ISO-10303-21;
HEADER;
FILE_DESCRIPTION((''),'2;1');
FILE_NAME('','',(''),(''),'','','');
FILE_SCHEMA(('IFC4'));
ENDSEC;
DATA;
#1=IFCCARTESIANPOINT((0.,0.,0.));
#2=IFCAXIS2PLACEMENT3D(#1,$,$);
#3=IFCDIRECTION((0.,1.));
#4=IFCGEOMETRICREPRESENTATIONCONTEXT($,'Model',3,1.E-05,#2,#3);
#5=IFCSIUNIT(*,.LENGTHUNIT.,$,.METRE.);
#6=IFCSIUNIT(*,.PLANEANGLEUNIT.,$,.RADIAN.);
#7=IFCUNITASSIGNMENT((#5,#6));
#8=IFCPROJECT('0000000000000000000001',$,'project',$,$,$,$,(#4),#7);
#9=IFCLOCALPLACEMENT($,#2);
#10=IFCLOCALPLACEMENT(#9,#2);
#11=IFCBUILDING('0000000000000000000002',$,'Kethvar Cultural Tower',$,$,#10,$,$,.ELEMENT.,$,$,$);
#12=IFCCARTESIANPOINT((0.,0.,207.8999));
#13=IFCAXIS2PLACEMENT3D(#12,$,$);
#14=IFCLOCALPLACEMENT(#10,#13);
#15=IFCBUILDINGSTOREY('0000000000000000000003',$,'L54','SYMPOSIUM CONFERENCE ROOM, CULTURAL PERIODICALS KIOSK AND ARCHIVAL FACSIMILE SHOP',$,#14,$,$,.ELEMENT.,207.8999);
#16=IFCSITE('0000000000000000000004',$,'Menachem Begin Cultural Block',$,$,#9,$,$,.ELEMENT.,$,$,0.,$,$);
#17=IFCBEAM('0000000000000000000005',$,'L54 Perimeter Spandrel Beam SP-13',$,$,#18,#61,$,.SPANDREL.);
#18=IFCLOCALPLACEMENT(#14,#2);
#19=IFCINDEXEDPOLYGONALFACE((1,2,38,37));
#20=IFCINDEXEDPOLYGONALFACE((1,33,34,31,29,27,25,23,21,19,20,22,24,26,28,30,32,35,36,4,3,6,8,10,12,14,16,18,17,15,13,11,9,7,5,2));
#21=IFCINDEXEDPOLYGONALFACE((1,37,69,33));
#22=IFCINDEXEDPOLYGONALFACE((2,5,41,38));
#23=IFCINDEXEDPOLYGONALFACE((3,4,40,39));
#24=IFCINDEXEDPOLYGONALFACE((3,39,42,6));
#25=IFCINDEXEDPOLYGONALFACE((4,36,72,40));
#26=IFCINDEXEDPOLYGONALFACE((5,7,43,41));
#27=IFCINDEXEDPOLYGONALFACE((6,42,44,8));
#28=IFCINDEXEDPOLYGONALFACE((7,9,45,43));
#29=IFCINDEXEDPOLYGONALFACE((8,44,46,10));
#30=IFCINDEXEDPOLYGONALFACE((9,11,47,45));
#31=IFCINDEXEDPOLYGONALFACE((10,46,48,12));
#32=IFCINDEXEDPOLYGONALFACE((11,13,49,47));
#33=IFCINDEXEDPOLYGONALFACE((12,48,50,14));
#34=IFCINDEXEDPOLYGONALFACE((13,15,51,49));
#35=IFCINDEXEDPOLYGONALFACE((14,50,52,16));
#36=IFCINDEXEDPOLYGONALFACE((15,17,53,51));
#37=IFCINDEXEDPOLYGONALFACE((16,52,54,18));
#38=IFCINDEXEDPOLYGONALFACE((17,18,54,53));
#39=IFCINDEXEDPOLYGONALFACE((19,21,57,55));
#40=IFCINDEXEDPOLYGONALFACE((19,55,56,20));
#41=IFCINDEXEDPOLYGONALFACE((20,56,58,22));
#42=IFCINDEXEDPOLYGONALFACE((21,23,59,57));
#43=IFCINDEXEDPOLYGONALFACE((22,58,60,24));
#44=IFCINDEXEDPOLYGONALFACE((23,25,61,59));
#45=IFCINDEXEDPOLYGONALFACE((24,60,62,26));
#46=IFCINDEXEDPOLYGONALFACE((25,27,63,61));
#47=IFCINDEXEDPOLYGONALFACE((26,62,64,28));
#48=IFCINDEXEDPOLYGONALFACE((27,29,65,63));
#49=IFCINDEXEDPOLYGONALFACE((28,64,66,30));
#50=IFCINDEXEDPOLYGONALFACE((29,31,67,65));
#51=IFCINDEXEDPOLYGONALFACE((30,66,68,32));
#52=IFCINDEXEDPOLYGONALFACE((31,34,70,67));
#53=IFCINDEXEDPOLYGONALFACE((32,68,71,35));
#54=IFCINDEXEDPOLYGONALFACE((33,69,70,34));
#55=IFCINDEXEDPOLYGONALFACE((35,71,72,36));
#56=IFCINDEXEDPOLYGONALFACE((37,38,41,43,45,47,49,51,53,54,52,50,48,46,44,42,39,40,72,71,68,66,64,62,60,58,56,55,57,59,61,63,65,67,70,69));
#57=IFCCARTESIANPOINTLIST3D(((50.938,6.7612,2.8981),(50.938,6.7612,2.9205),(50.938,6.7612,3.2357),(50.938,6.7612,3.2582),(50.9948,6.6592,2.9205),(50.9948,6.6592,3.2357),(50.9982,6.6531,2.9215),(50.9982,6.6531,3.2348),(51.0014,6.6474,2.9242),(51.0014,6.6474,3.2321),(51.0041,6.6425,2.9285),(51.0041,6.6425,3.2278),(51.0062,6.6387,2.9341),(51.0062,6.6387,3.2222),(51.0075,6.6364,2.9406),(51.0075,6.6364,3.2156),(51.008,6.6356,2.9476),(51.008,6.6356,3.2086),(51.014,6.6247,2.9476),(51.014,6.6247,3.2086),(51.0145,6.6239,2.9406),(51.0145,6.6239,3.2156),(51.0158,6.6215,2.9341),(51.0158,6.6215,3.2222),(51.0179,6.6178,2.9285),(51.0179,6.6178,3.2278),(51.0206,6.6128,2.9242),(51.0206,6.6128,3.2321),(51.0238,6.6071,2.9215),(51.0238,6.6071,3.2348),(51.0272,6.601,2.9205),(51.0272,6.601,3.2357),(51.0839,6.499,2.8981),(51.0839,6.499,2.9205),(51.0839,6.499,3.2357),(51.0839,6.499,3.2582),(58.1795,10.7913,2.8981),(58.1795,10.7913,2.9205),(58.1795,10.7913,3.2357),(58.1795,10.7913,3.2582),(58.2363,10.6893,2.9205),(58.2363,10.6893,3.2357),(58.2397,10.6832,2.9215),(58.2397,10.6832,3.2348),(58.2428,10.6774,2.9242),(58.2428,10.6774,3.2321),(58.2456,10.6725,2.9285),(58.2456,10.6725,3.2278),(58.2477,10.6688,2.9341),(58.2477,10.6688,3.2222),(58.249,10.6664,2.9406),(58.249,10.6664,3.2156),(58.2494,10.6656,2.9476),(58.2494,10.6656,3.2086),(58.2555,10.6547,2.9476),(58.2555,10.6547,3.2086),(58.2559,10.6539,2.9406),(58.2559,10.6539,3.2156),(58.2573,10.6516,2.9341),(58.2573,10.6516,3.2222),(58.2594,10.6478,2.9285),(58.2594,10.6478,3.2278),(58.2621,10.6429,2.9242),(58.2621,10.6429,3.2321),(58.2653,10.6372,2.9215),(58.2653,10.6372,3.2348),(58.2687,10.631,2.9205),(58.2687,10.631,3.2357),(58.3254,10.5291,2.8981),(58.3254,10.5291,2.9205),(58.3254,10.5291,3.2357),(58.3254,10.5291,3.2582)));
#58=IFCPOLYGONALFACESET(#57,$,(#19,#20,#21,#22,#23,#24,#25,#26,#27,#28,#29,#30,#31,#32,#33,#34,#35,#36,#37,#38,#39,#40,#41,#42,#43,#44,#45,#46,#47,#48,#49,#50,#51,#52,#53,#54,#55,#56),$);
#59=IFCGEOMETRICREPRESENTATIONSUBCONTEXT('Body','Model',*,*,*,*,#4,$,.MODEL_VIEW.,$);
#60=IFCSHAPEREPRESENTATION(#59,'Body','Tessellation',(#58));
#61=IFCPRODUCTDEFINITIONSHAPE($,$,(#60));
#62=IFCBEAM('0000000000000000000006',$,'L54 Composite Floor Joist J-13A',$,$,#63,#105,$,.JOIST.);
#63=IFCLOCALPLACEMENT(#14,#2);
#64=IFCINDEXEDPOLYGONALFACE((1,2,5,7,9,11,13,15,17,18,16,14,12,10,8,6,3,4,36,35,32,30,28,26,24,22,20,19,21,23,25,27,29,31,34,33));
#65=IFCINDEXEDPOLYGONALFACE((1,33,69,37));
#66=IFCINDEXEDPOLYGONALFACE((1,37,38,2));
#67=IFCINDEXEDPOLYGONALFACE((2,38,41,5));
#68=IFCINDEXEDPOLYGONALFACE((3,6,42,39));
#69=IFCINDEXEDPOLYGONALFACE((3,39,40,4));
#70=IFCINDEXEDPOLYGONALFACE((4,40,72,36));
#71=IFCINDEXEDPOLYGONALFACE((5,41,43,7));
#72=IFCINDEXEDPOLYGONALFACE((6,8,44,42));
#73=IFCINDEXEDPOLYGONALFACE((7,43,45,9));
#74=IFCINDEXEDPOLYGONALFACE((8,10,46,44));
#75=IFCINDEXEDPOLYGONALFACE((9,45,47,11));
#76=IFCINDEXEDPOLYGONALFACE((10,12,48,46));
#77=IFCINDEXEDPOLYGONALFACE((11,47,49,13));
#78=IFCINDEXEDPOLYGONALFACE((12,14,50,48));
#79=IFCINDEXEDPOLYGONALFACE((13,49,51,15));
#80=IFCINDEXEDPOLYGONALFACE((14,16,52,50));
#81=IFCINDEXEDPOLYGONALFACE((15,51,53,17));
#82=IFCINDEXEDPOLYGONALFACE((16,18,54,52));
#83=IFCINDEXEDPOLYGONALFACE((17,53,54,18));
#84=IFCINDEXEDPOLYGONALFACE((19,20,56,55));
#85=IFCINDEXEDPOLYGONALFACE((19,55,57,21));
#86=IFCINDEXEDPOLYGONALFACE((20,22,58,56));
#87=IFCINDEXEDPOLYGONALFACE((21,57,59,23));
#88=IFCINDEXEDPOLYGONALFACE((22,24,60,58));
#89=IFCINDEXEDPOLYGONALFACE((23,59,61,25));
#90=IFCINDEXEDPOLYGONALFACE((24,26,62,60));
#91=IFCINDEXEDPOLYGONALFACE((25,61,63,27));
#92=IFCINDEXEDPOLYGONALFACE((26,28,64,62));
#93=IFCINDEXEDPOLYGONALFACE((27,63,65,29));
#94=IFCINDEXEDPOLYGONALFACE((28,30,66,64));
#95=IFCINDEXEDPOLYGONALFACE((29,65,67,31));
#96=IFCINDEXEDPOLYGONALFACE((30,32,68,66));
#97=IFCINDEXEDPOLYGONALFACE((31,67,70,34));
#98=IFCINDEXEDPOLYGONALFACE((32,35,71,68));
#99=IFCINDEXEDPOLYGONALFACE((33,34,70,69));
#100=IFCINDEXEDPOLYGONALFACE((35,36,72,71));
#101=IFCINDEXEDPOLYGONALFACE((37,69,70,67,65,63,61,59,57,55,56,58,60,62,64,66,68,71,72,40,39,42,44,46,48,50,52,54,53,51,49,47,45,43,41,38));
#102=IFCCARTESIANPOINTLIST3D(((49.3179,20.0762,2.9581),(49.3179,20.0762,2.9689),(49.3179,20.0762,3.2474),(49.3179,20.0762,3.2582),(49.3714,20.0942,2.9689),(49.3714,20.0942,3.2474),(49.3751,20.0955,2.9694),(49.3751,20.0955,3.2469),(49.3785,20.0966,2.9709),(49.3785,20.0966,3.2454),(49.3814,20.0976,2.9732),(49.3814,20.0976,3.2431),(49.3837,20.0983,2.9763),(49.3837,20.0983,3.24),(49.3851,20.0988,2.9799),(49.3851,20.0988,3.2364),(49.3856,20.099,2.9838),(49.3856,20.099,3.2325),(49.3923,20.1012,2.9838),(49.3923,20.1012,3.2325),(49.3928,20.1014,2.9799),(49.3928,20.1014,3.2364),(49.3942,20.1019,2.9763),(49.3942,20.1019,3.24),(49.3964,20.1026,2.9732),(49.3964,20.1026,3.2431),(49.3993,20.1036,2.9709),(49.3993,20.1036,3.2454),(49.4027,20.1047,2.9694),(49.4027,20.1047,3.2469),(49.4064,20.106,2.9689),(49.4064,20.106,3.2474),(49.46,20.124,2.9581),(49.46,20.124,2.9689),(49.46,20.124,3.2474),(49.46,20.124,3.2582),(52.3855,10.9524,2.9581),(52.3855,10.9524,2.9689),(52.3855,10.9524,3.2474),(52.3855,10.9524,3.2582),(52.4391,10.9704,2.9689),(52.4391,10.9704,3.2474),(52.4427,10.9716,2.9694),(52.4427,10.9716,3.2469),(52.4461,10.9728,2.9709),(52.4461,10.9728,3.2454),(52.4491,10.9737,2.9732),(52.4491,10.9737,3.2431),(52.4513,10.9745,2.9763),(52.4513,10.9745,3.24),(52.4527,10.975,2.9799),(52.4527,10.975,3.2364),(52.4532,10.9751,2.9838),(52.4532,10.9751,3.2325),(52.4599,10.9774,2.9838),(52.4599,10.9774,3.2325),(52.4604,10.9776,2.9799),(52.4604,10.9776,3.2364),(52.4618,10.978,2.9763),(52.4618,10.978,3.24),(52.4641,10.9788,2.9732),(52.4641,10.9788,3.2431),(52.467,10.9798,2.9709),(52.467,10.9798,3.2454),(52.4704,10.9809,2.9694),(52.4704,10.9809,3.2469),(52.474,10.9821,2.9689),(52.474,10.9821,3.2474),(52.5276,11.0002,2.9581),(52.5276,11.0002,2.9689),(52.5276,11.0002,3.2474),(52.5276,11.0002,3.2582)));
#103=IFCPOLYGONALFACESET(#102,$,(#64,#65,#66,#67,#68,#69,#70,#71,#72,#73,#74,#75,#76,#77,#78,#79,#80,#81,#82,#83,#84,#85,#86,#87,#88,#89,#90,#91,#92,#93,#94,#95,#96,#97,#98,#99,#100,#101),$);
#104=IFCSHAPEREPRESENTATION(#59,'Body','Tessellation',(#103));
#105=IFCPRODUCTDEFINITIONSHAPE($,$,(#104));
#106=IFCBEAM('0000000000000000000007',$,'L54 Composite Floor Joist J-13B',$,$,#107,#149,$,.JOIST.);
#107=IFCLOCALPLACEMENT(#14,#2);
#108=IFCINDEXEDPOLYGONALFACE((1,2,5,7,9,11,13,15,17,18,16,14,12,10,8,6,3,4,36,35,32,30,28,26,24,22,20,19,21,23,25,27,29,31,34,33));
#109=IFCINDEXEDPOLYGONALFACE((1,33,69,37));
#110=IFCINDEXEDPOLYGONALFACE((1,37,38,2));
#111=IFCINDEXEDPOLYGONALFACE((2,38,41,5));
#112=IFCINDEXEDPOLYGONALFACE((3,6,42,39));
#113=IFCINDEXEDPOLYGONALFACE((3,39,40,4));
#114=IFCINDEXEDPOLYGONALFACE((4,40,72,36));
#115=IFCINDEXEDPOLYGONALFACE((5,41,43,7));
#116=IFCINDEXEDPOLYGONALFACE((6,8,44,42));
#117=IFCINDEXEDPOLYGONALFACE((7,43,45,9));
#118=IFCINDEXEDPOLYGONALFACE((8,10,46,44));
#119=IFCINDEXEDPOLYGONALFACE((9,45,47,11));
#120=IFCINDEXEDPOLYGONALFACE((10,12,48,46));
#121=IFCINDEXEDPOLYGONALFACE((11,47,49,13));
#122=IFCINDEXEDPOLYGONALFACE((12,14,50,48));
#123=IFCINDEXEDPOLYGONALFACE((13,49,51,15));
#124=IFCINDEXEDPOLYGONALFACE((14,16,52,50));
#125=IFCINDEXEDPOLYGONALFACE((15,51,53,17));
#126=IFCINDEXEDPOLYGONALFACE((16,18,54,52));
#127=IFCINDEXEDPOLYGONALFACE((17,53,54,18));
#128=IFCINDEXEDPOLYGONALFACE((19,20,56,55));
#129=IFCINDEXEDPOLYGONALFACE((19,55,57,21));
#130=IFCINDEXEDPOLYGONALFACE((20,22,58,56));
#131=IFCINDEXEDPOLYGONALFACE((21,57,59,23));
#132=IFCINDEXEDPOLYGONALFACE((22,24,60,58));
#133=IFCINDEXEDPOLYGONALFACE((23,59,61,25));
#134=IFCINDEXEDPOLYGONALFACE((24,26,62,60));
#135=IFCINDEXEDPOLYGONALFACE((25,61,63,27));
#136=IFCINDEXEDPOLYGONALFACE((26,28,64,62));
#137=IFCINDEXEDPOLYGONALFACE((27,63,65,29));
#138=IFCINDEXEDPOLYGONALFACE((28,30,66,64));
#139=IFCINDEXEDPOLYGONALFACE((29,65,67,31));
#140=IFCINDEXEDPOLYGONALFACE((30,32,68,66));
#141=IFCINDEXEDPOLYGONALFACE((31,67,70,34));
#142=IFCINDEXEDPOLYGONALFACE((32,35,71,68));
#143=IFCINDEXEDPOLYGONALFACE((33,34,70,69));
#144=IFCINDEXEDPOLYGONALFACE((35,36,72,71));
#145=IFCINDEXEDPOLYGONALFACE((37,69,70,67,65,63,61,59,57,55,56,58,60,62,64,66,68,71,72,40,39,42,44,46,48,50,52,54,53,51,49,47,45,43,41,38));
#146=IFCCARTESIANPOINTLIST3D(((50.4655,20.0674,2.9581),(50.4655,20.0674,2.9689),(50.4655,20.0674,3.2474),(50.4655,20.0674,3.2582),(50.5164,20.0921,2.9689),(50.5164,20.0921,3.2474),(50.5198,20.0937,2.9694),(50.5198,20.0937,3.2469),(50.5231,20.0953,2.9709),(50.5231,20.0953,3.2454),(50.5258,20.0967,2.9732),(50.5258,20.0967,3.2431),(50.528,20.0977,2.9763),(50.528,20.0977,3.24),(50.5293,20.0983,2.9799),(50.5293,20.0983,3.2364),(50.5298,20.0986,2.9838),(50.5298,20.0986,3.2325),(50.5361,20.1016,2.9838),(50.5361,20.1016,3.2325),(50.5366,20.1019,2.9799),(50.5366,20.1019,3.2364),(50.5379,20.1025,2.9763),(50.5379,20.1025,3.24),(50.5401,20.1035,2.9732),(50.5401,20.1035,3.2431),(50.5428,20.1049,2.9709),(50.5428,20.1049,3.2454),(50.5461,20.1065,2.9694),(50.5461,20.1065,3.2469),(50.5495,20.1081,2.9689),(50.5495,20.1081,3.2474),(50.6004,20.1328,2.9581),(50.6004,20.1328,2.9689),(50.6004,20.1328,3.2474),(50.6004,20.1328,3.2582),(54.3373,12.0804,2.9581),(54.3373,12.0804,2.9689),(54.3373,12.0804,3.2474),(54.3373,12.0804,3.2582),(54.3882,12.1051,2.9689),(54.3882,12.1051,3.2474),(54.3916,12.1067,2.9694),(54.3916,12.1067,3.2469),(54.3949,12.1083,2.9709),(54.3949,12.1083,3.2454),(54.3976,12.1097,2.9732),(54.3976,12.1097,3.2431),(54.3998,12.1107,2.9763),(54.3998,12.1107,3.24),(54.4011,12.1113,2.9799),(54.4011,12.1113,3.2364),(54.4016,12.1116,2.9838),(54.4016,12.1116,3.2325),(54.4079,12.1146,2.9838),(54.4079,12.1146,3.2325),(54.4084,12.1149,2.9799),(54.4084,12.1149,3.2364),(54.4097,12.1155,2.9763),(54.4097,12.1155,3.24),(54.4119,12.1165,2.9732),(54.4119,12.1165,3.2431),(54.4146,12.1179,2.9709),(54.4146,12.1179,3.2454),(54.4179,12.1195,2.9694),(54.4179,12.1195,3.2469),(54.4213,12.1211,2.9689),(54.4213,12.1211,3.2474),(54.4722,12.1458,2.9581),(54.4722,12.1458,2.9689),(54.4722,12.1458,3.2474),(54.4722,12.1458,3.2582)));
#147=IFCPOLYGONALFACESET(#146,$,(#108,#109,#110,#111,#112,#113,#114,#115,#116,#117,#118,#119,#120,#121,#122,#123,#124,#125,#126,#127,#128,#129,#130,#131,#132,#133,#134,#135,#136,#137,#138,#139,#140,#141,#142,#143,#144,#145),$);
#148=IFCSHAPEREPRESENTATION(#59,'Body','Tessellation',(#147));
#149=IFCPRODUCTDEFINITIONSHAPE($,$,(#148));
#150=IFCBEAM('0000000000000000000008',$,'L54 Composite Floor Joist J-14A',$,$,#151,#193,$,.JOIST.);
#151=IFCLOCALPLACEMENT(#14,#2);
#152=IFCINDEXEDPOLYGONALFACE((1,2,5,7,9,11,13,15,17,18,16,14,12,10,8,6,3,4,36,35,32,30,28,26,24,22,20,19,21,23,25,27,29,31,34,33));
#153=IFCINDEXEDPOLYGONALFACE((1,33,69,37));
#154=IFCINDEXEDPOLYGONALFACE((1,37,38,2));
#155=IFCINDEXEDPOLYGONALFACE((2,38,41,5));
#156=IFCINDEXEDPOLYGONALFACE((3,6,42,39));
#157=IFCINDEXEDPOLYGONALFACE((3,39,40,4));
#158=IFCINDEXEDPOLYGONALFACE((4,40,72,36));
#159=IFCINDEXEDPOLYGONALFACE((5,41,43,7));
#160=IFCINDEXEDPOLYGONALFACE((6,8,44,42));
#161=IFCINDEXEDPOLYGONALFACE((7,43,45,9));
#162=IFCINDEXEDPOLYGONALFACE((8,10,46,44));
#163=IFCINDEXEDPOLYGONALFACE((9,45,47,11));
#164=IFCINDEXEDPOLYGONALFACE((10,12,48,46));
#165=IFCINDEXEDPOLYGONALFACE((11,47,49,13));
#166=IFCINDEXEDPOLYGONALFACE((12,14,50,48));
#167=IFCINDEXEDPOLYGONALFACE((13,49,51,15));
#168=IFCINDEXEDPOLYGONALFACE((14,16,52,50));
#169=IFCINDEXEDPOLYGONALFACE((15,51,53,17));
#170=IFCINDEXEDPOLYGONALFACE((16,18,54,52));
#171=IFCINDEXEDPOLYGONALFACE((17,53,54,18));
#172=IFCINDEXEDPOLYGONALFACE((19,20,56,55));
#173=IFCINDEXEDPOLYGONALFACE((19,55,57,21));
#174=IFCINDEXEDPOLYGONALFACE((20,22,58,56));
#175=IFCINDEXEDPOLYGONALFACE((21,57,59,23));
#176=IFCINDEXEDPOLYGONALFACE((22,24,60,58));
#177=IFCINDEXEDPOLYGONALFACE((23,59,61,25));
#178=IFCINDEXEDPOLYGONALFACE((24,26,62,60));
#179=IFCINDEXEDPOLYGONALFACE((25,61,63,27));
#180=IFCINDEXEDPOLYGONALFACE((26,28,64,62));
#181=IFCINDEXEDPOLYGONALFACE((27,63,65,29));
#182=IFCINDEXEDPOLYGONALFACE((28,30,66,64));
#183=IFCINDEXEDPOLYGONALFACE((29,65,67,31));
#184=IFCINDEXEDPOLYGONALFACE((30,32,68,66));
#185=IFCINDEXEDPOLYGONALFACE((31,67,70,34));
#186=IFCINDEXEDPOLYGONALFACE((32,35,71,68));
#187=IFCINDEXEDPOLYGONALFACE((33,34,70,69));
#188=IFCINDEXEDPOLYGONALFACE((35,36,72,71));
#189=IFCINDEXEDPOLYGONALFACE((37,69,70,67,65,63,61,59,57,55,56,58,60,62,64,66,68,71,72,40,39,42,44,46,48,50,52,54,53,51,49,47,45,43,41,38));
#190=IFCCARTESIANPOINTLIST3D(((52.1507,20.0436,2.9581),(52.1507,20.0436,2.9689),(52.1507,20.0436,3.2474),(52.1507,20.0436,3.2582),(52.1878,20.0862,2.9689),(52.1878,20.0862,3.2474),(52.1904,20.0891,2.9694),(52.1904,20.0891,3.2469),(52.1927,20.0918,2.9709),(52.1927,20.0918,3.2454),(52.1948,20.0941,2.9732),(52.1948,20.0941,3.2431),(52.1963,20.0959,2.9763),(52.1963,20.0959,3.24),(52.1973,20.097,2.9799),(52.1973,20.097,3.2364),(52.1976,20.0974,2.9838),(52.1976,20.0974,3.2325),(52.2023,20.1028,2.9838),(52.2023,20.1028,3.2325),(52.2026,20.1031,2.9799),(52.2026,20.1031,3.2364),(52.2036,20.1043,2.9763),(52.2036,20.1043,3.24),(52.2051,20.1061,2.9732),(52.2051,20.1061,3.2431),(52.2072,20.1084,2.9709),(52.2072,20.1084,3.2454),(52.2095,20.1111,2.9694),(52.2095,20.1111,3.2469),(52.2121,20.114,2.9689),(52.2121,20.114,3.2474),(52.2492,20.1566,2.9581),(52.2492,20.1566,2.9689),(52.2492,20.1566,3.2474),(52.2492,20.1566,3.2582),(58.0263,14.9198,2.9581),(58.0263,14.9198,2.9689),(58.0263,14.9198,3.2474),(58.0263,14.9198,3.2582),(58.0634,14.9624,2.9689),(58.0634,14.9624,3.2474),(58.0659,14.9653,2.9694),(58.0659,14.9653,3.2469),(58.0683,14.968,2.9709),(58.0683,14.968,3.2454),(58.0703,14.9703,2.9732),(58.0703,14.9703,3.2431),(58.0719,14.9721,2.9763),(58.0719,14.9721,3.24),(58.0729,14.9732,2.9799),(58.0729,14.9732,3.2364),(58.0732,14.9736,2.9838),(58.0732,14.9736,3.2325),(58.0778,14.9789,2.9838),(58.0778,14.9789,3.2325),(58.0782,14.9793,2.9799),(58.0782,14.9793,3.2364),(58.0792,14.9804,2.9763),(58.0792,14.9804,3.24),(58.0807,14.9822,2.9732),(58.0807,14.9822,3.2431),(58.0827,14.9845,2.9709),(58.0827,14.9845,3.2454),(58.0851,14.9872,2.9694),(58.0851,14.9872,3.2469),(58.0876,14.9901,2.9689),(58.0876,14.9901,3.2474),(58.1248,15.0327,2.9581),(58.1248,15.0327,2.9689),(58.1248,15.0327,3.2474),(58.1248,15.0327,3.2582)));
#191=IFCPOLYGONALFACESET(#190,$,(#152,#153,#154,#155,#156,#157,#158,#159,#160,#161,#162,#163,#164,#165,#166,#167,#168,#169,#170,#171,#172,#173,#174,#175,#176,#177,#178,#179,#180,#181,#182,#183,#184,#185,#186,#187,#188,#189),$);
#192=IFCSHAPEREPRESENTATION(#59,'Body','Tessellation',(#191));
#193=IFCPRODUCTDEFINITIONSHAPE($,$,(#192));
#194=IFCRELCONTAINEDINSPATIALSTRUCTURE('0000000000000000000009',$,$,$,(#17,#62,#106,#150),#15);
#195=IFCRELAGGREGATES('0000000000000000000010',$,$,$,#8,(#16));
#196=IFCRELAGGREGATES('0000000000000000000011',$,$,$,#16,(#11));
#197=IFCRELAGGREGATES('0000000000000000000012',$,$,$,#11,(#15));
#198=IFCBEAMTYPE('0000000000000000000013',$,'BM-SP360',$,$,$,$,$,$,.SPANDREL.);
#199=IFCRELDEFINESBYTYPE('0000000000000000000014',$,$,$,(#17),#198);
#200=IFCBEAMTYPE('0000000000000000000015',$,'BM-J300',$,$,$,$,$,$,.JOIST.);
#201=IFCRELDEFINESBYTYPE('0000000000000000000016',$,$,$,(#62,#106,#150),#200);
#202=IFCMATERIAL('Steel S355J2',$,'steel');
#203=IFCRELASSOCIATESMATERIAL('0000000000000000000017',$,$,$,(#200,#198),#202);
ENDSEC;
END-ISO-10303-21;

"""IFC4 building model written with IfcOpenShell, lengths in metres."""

from ifc_helpers import new_model, si_unit, direction, frame, origin, origin_2d, place, context, subcontext, project, spatial, i_section, extrude, source, transform, mapped, material, material_profile, profile_set, type_object, element, save


model = new_model("IFC4")

# Units and contexts
model_context = context("Model", 3, precision=1e-05, world=origin(), true_north=direction((0.0, 1.0)))
body_context = subcontext(model_context, "Body", "Model", "MODEL_VIEW")
ifc_project = project(units=[si_unit("LENGTHUNIT", "METRE"), si_unit("PLANEANGLEUNIT", "RADIAN")], contexts=[model_context])

# Site, building, storey
site_placement = place(None, origin())
site = spatial("IfcSite", under=ifc_project, at=site_placement, Name="Menachem Begin Cultural Block", CompositionType="ELEMENT", RefElevation=0.0)
building_placement = place(site_placement, origin())
building = spatial("IfcBuilding", under=site, at=building_placement, Name="Kethvar Cultural Tower", CompositionType="ELEMENT")
storey_placement = place(building_placement, frame((0.0, 0.0, 207.8999)))
storey = spatial("IfcBuildingStorey", under=building, at=storey_placement, Name="L54", Description="SYMPOSIUM CONFERENCE ROOM, CULTURAL PERIODICALS KIOSK AND ARCHIVAL FACSIMILE SHOP", CompositionType="ELEMENT", Elevation=207.8999)

# Beams
ifc_material_1 = material(Name="Steel S355J2", Category="steel")
ifc_material_profile_1 = material_profile(ifc_material_1, i_section(OverallWidth=0.1499, OverallDepth=0.3, WebThickness=0.0071, FlangeThickness=0.0107, FilletRadius=0.0149, at=origin_2d()), Name="Steel S355J2 — IPE300")
ifc_profile_set_1 = profile_set([ifc_material_profile_1], Name="Steel S355J2 — IPE300")
beam_type_1 = type_object("IfcBeamType", Name="BM-J300", PredefinedType="JOIST", material=ifc_profile_set_1)
ifc_material_profile_2 = material_profile(ifc_material_1, i_section(OverallWidth=0.3, OverallDepth=0.3601, WebThickness=0.0125, FlangeThickness=0.0225, FilletRadius=0.0271, at=origin_2d()), Name="Steel S355J2 — HEB360")
ifc_profile_set_2 = profile_set([ifc_material_profile_2], Name="Steel S355J2 — HEB360")
beam_type_2 = type_object("IfcBeamType", Name="BM-SP360", PredefinedType="SPANDREL", material=ifc_profile_set_2)
shared_shape_1 = source(origin(), body_context, "Body", "SweptSolid", [
    extrude(i_section(OverallWidth=0.3, OverallDepth=0.3601, WebThickness=0.0125, FlangeThickness=0.0225, FilletRadius=0.0271, at=origin_2d()), origin(), (0.0, 0.0, 1.0), 8.2874),
])
beam_1_placement = place(storey_placement, frame((51.011, 6.6301, 3.0781), z_axis=(0.873799, 0.486288, 0.0), x_axis=(-0.486288, 0.873799, 0.0)))
element("IfcBeam", 1, at=beam_1_placement, inside=storey, type_object=beam_type_2, Name="L54 Perimeter Spandrel Beam SP-13", PredefinedType="SPANDREL", context=body_context, shape_type="MappedRepresentation", body=[
    mapped(shared_shape_1, transform((0.0, 0.0, 0.0), scale=1.0)),
])
shared_shape_2 = source(origin(), body_context, "Body", "SweptSolid", [
    extrude(i_section(OverallWidth=0.1499, OverallDepth=0.3, WebThickness=0.0071, FlangeThickness=0.0107, FilletRadius=0.0149, at=origin_2d()), origin(), (0.0, 0.0, 1.0), 9.6257),
])
beam_2_placement = place(storey_placement, frame((49.3889, 20.1001, 3.1082), z_axis=(0.318692, -0.947858, 0.0), x_axis=(0.947858, 0.318692, 0.0)))
element("IfcBeam", 2, at=beam_2_placement, inside=storey, type_object=beam_type_1, Name="L54 Composite Floor Joist J-13A", PredefinedType="JOIST", context=body_context, shape_type="MappedRepresentation", body=[
    mapped(shared_shape_2, transform((0.0, 0.0, 0.0), scale=1.0)),
])
shared_shape_3 = source(origin(), body_context, "Body", "SweptSolid", [
    extrude(i_section(OverallWidth=0.1499, OverallDepth=0.3, WebThickness=0.0071, FlangeThickness=0.0107, FilletRadius=0.0149, at=origin_2d()), origin(), (0.0, 0.0, 1.0), 8.876),
])
beam_3_placement = place(storey_placement, frame((50.533, 20.1001, 3.1082), z_axis=(0.436211, -0.899845, 0.0), x_axis=(0.899845, 0.436211, 0.0)))
element("IfcBeam", 3, at=beam_3_placement, inside=storey, type_object=beam_type_1, Name="L54 Composite Floor Joist J-13B", PredefinedType="JOIST", context=body_context, shape_type="MappedRepresentation", body=[
    mapped(shared_shape_3, transform((0.0, 0.0, 0.0), scale=1.0)),
])
shared_shape_4 = source(origin(), body_context, "Body", "SweptSolid", [
    extrude(i_section(OverallWidth=0.1499, OverallDepth=0.3, WebThickness=0.0071, FlangeThickness=0.0107, FilletRadius=0.0149, at=origin_2d()), origin(), (0.0, 0.0, 1.0), 7.7959),
])
beam_4_placement = place(storey_placement, frame((52.2, 20.1001, 3.1082), z_axis=(0.753674, -0.657249, 0.0), x_axis=(0.657249, 0.753674, 0.0)))
element("IfcBeam", 4, at=beam_4_placement, inside=storey, type_object=beam_type_1, Name="L54 Composite Floor Joist J-14A", PredefinedType="JOIST", context=body_context, shape_type="MappedRepresentation", body=[
    mapped(shared_shape_4, transform((0.0, 0.0, 0.0), scale=1.0)),
])

save(model, "model.ifc")
